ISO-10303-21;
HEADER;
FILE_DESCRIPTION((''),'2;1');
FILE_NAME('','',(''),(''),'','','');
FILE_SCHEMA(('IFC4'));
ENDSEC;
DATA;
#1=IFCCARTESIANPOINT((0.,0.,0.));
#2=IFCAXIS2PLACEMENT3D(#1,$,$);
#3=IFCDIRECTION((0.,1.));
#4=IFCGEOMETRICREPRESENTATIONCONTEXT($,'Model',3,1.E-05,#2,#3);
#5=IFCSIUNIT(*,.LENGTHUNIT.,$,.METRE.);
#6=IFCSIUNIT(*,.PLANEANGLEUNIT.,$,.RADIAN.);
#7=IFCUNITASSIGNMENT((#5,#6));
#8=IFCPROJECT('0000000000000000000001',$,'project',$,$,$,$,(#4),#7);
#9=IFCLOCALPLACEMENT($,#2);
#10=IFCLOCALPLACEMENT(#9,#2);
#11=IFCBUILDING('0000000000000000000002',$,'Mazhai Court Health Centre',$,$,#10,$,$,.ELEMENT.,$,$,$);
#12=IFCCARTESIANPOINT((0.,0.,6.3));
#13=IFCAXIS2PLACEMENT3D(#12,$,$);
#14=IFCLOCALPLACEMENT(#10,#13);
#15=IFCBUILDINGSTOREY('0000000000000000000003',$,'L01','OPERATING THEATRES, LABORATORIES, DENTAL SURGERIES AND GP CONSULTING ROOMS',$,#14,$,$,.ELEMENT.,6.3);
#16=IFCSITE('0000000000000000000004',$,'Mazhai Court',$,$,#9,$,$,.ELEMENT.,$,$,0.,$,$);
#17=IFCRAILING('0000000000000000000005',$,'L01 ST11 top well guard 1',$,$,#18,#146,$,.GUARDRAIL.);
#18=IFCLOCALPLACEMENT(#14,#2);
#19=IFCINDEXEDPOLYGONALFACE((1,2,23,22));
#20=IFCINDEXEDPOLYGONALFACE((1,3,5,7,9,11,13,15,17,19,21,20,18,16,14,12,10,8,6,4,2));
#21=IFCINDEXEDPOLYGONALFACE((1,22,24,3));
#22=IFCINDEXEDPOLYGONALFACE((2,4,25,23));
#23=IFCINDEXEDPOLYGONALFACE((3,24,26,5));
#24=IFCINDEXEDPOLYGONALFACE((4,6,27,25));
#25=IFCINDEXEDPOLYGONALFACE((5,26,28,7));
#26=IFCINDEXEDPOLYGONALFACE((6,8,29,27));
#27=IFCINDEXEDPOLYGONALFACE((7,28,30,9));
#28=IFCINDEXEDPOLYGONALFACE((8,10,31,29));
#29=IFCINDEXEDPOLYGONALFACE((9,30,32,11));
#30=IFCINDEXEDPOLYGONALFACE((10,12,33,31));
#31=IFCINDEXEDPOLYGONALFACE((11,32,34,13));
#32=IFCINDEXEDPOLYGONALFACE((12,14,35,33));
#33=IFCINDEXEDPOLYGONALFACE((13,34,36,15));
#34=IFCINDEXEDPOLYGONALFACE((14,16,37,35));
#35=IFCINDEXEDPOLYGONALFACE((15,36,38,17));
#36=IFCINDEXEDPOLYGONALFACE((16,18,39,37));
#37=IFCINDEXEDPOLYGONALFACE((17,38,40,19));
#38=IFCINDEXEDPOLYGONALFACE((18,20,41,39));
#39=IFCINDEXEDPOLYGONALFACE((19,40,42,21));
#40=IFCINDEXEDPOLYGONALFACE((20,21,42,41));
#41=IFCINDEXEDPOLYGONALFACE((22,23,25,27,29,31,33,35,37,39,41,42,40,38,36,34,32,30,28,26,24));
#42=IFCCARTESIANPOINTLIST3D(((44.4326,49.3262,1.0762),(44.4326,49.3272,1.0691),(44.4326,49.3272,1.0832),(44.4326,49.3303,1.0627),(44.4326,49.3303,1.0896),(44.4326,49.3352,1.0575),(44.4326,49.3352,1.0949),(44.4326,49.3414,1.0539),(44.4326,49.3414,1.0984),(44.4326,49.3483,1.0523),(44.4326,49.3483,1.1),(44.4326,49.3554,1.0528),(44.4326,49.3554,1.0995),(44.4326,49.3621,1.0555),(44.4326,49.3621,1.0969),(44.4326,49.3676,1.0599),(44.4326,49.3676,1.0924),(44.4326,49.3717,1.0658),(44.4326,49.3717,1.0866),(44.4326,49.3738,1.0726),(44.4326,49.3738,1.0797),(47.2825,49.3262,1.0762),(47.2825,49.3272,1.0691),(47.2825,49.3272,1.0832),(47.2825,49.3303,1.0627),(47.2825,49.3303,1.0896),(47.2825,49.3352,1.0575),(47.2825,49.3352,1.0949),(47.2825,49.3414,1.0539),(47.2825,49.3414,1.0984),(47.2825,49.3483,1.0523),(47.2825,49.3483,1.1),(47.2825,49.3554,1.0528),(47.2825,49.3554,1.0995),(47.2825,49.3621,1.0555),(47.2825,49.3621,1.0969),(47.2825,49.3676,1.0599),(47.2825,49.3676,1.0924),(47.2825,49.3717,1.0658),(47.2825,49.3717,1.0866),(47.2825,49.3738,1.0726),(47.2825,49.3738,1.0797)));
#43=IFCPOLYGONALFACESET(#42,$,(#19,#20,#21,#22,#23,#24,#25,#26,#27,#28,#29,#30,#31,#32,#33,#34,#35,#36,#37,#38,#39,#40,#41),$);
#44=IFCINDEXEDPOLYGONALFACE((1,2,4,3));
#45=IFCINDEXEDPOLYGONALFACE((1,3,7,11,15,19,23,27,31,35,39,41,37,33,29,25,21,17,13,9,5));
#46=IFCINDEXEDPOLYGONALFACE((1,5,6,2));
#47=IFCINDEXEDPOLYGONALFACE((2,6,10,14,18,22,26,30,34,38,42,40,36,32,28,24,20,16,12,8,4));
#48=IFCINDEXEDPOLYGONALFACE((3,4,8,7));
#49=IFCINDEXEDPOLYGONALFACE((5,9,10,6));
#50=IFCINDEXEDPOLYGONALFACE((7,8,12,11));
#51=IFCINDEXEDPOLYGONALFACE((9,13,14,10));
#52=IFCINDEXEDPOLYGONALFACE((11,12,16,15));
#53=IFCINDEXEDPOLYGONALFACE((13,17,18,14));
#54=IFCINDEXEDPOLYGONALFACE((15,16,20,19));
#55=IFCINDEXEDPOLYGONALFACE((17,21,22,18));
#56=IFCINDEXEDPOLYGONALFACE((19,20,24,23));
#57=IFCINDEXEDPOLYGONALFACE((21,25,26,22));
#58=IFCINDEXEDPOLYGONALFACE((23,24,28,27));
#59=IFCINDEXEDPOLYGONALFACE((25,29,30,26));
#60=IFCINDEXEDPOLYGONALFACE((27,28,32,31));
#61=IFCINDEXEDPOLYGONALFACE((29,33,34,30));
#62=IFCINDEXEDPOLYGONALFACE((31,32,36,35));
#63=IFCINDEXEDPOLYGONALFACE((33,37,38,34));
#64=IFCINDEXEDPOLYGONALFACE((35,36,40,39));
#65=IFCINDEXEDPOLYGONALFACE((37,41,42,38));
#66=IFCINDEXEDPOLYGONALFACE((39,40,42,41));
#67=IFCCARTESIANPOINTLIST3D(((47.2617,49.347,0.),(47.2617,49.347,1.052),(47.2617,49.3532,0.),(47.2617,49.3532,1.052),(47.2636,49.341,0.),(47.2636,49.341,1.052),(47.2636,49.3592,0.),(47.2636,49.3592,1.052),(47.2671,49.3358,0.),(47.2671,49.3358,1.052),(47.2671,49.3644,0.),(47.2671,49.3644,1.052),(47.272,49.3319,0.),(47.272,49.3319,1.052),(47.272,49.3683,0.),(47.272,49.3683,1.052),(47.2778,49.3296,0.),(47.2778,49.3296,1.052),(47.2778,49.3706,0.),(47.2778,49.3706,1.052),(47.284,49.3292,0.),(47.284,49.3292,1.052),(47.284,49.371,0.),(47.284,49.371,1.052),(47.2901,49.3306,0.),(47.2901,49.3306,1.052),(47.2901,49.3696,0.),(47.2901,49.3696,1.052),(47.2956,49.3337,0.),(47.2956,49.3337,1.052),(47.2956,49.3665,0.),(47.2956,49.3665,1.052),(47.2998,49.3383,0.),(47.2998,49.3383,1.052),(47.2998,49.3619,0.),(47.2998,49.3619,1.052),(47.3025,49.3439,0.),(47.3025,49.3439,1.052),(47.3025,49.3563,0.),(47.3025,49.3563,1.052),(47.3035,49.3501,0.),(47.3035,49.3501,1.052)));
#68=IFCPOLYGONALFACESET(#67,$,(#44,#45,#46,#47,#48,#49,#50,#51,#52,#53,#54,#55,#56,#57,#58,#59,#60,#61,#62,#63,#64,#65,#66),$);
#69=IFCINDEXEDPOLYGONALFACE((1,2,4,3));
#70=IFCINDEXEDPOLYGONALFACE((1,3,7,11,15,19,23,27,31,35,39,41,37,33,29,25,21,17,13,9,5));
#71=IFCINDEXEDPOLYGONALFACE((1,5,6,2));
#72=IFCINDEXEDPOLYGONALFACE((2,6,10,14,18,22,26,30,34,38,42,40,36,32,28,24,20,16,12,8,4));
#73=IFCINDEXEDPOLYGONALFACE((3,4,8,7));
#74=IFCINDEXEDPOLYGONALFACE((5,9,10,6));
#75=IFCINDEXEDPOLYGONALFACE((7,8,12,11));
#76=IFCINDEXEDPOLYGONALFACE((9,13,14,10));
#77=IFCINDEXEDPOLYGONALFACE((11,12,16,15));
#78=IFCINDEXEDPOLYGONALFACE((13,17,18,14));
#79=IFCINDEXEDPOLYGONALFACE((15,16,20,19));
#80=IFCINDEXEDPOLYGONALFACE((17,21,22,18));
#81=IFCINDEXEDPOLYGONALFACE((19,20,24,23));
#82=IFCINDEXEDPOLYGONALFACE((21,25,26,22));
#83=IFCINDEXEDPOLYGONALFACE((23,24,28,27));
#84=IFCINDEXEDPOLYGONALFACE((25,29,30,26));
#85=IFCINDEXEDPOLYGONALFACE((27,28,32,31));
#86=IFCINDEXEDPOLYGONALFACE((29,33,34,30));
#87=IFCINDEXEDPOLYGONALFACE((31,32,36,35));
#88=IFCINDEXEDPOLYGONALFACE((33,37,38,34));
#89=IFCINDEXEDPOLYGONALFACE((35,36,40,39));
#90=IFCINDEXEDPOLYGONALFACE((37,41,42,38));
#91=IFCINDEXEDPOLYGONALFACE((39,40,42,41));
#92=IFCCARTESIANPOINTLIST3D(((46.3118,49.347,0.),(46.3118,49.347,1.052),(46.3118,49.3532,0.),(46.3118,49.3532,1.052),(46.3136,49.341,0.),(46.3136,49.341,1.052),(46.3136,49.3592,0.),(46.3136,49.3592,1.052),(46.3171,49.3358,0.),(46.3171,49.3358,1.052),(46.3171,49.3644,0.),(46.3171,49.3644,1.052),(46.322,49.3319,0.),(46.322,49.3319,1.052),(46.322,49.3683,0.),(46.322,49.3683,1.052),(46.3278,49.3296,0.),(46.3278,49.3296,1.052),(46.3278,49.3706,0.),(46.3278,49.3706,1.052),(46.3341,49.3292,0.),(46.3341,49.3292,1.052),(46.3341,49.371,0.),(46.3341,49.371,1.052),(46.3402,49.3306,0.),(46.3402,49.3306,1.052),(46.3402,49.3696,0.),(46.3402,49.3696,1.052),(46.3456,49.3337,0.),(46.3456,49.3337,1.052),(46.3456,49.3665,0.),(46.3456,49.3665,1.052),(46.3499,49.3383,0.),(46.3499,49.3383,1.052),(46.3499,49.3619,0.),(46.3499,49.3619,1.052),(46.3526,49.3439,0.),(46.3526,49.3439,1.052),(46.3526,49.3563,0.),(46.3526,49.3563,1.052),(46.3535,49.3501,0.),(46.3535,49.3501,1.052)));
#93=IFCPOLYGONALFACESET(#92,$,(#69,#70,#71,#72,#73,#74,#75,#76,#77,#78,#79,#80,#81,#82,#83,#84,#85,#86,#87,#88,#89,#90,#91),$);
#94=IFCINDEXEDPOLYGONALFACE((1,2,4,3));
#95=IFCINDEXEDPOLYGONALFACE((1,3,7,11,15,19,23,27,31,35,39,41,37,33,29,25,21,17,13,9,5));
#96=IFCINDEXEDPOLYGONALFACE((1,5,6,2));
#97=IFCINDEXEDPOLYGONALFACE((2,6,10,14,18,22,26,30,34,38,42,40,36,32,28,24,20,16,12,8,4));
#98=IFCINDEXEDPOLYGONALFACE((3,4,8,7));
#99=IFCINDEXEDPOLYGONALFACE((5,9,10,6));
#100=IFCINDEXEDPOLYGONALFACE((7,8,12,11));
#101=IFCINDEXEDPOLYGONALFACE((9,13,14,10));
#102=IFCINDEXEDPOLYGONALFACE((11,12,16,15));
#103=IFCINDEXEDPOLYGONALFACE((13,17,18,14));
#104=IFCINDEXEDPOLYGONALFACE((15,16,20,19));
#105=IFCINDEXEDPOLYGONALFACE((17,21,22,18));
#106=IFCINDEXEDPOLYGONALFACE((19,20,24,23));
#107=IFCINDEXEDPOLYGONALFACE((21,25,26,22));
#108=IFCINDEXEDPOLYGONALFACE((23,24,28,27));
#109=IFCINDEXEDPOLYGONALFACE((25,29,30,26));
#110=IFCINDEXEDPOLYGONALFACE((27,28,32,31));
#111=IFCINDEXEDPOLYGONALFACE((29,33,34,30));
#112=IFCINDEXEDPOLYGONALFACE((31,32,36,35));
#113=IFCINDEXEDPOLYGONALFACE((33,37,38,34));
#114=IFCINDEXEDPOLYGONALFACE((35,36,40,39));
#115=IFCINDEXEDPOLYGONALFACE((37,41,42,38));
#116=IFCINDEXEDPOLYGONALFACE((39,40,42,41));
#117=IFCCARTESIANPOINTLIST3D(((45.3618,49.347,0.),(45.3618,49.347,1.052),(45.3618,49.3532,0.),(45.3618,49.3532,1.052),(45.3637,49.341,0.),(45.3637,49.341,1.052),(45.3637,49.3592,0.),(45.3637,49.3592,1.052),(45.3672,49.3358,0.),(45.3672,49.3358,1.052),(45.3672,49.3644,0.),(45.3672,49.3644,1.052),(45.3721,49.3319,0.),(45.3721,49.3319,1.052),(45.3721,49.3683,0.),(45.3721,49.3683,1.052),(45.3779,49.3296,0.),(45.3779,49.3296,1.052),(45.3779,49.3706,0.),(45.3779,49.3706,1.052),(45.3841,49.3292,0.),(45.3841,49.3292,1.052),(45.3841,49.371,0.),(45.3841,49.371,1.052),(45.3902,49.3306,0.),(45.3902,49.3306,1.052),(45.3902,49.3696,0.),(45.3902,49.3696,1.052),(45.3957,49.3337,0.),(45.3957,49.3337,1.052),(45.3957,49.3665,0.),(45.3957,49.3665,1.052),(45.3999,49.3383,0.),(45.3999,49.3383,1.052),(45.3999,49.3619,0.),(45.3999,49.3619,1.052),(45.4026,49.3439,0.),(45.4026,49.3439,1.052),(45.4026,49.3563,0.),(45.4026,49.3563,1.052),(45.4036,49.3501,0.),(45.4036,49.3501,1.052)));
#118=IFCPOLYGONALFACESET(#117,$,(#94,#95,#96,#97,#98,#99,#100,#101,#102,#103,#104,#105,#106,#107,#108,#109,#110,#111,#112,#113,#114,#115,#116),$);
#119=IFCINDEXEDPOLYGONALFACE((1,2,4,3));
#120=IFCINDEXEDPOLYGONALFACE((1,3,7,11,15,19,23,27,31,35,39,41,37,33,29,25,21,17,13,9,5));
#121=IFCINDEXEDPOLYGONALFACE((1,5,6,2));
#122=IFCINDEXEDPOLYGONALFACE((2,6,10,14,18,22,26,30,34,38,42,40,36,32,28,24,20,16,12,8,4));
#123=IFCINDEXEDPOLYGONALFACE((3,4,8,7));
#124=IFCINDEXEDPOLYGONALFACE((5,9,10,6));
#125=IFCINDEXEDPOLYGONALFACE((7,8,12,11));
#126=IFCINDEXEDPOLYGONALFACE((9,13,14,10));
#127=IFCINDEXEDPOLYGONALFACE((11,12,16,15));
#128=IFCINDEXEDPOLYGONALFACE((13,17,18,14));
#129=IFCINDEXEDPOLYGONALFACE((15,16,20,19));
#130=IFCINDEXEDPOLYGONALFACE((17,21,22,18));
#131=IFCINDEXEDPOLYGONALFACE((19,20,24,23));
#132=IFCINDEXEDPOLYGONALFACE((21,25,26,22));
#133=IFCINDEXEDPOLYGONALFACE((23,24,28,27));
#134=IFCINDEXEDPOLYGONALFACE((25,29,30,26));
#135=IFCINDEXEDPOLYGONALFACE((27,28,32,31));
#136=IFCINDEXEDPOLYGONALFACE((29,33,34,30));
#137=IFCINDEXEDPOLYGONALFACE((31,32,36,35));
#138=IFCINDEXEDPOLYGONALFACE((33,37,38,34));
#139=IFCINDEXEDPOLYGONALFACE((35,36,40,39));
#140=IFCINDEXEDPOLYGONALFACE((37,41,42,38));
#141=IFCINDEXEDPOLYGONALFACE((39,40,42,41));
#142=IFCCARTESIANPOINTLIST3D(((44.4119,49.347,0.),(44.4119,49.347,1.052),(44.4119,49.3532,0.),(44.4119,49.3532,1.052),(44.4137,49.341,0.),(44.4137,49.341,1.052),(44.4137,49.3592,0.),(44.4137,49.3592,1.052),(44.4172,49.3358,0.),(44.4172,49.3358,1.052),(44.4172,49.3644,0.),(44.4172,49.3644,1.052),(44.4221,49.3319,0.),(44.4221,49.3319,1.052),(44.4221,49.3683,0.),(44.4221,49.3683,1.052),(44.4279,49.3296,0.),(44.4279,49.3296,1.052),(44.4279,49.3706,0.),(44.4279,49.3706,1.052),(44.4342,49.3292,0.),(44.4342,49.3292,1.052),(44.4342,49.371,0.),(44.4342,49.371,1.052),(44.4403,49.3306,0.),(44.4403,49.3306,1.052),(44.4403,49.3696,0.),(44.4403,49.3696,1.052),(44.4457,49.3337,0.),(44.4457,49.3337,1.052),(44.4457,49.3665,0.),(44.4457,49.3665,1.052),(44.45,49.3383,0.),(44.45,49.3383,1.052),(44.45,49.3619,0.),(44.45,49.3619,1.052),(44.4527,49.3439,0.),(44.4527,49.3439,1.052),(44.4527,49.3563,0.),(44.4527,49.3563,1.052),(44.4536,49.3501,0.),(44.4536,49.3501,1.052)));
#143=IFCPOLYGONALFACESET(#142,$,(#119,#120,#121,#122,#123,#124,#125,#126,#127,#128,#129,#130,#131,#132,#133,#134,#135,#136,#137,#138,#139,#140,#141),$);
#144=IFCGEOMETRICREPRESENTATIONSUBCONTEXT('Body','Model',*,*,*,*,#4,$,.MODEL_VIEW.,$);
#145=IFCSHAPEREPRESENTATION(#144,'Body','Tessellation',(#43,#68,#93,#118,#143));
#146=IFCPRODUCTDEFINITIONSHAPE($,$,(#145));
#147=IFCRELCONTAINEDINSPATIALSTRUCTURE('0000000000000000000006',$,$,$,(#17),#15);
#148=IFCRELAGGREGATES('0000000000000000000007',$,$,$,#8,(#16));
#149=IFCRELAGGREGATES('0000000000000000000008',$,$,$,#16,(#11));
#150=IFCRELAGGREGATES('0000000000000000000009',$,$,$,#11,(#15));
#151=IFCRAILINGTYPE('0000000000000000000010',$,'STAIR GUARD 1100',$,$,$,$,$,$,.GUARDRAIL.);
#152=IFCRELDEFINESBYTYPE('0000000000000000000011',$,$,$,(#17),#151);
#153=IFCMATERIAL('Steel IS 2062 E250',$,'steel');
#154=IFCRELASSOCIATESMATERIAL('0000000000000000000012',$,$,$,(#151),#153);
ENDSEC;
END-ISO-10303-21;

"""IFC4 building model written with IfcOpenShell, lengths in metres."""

from ifc_helpers import new_model, si_unit, direction, frame, origin, origin_2d, place, context, subcontext, project, spatial, circle, extrude, material, type_object, element, save


model = new_model("IFC4")

# Units and contexts
model_context = context("Model", 3, precision=1e-05, world=origin(), true_north=direction((0.0, 1.0)))
body_context = subcontext(model_context, "Body", "Model", "MODEL_VIEW")
ifc_project = project(units=[si_unit("LENGTHUNIT", "METRE"), si_unit("PLANEANGLEUNIT", "RADIAN")], contexts=[model_context])

# Site, building, storey
site_placement = place(None, origin())
site = spatial("IfcSite", under=ifc_project, at=site_placement, Name="Mazhai Court", CompositionType="ELEMENT", RefElevation=0.0)
building_placement = place(site_placement, origin())
building = spatial("IfcBuilding", under=site, at=building_placement, Name="Mazhai Court Health Centre", CompositionType="ELEMENT")
storey_placement = place(building_placement, frame((0.0, 0.0, 6.3)))
storey = spatial("IfcBuildingStorey", under=building, at=storey_placement, Name="L01", Description="OPERATING THEATRES, LABORATORIES, DENTAL SURGERIES AND GP CONSULTING ROOMS", CompositionType="ELEMENT", Elevation=6.3)

# Railing
ifc_material_1 = material(Name="Steel IS 2062 E250", Category="steel")
railing_type_1 = type_object("IfcRailingType", Name="STAIR GUARD 1100", PredefinedType="GUARDRAIL", material=ifc_material_1)
railing_1_placement = place(storey_placement, frame((47.2825, 49.3501, 0.0)))
element("IfcRailing", 1, at=railing_1_placement, inside=storey, type_object=railing_type_1, Name="L01 ST11 top well guard 1", PredefinedType="GUARDRAIL", context=body_context, shape_type="SweptSolid", body=[
    extrude(circle(Radius=0.0239, at=origin_2d()), frame((0.0, 0.0, 1.0762), z_axis=(-1.0, 0.0, 0.0), x_axis=(0.0, -1.0, 0.0)), (0.0, 0.0, 1.0), 2.8499),
    extrude(circle(Radius=0.021, at=origin_2d()), origin(), (0.0, 0.0, 1.0), 1.052),
    extrude(circle(Radius=0.021, at=origin_2d()), frame((-0.95, 0.0, 0.0)), (0.0, 0.0, 1.0), 1.052),
    extrude(circle(Radius=0.021, at=origin_2d()), frame((-1.8999, 0.0, 0.0)), (0.0, 0.0, 1.0), 1.052),
    extrude(circle(Radius=0.021, at=origin_2d()), frame((-2.8499, 0.0, 0.0)), (0.0, 0.0, 1.0), 1.052),
])

save(model, "model.ifc")
